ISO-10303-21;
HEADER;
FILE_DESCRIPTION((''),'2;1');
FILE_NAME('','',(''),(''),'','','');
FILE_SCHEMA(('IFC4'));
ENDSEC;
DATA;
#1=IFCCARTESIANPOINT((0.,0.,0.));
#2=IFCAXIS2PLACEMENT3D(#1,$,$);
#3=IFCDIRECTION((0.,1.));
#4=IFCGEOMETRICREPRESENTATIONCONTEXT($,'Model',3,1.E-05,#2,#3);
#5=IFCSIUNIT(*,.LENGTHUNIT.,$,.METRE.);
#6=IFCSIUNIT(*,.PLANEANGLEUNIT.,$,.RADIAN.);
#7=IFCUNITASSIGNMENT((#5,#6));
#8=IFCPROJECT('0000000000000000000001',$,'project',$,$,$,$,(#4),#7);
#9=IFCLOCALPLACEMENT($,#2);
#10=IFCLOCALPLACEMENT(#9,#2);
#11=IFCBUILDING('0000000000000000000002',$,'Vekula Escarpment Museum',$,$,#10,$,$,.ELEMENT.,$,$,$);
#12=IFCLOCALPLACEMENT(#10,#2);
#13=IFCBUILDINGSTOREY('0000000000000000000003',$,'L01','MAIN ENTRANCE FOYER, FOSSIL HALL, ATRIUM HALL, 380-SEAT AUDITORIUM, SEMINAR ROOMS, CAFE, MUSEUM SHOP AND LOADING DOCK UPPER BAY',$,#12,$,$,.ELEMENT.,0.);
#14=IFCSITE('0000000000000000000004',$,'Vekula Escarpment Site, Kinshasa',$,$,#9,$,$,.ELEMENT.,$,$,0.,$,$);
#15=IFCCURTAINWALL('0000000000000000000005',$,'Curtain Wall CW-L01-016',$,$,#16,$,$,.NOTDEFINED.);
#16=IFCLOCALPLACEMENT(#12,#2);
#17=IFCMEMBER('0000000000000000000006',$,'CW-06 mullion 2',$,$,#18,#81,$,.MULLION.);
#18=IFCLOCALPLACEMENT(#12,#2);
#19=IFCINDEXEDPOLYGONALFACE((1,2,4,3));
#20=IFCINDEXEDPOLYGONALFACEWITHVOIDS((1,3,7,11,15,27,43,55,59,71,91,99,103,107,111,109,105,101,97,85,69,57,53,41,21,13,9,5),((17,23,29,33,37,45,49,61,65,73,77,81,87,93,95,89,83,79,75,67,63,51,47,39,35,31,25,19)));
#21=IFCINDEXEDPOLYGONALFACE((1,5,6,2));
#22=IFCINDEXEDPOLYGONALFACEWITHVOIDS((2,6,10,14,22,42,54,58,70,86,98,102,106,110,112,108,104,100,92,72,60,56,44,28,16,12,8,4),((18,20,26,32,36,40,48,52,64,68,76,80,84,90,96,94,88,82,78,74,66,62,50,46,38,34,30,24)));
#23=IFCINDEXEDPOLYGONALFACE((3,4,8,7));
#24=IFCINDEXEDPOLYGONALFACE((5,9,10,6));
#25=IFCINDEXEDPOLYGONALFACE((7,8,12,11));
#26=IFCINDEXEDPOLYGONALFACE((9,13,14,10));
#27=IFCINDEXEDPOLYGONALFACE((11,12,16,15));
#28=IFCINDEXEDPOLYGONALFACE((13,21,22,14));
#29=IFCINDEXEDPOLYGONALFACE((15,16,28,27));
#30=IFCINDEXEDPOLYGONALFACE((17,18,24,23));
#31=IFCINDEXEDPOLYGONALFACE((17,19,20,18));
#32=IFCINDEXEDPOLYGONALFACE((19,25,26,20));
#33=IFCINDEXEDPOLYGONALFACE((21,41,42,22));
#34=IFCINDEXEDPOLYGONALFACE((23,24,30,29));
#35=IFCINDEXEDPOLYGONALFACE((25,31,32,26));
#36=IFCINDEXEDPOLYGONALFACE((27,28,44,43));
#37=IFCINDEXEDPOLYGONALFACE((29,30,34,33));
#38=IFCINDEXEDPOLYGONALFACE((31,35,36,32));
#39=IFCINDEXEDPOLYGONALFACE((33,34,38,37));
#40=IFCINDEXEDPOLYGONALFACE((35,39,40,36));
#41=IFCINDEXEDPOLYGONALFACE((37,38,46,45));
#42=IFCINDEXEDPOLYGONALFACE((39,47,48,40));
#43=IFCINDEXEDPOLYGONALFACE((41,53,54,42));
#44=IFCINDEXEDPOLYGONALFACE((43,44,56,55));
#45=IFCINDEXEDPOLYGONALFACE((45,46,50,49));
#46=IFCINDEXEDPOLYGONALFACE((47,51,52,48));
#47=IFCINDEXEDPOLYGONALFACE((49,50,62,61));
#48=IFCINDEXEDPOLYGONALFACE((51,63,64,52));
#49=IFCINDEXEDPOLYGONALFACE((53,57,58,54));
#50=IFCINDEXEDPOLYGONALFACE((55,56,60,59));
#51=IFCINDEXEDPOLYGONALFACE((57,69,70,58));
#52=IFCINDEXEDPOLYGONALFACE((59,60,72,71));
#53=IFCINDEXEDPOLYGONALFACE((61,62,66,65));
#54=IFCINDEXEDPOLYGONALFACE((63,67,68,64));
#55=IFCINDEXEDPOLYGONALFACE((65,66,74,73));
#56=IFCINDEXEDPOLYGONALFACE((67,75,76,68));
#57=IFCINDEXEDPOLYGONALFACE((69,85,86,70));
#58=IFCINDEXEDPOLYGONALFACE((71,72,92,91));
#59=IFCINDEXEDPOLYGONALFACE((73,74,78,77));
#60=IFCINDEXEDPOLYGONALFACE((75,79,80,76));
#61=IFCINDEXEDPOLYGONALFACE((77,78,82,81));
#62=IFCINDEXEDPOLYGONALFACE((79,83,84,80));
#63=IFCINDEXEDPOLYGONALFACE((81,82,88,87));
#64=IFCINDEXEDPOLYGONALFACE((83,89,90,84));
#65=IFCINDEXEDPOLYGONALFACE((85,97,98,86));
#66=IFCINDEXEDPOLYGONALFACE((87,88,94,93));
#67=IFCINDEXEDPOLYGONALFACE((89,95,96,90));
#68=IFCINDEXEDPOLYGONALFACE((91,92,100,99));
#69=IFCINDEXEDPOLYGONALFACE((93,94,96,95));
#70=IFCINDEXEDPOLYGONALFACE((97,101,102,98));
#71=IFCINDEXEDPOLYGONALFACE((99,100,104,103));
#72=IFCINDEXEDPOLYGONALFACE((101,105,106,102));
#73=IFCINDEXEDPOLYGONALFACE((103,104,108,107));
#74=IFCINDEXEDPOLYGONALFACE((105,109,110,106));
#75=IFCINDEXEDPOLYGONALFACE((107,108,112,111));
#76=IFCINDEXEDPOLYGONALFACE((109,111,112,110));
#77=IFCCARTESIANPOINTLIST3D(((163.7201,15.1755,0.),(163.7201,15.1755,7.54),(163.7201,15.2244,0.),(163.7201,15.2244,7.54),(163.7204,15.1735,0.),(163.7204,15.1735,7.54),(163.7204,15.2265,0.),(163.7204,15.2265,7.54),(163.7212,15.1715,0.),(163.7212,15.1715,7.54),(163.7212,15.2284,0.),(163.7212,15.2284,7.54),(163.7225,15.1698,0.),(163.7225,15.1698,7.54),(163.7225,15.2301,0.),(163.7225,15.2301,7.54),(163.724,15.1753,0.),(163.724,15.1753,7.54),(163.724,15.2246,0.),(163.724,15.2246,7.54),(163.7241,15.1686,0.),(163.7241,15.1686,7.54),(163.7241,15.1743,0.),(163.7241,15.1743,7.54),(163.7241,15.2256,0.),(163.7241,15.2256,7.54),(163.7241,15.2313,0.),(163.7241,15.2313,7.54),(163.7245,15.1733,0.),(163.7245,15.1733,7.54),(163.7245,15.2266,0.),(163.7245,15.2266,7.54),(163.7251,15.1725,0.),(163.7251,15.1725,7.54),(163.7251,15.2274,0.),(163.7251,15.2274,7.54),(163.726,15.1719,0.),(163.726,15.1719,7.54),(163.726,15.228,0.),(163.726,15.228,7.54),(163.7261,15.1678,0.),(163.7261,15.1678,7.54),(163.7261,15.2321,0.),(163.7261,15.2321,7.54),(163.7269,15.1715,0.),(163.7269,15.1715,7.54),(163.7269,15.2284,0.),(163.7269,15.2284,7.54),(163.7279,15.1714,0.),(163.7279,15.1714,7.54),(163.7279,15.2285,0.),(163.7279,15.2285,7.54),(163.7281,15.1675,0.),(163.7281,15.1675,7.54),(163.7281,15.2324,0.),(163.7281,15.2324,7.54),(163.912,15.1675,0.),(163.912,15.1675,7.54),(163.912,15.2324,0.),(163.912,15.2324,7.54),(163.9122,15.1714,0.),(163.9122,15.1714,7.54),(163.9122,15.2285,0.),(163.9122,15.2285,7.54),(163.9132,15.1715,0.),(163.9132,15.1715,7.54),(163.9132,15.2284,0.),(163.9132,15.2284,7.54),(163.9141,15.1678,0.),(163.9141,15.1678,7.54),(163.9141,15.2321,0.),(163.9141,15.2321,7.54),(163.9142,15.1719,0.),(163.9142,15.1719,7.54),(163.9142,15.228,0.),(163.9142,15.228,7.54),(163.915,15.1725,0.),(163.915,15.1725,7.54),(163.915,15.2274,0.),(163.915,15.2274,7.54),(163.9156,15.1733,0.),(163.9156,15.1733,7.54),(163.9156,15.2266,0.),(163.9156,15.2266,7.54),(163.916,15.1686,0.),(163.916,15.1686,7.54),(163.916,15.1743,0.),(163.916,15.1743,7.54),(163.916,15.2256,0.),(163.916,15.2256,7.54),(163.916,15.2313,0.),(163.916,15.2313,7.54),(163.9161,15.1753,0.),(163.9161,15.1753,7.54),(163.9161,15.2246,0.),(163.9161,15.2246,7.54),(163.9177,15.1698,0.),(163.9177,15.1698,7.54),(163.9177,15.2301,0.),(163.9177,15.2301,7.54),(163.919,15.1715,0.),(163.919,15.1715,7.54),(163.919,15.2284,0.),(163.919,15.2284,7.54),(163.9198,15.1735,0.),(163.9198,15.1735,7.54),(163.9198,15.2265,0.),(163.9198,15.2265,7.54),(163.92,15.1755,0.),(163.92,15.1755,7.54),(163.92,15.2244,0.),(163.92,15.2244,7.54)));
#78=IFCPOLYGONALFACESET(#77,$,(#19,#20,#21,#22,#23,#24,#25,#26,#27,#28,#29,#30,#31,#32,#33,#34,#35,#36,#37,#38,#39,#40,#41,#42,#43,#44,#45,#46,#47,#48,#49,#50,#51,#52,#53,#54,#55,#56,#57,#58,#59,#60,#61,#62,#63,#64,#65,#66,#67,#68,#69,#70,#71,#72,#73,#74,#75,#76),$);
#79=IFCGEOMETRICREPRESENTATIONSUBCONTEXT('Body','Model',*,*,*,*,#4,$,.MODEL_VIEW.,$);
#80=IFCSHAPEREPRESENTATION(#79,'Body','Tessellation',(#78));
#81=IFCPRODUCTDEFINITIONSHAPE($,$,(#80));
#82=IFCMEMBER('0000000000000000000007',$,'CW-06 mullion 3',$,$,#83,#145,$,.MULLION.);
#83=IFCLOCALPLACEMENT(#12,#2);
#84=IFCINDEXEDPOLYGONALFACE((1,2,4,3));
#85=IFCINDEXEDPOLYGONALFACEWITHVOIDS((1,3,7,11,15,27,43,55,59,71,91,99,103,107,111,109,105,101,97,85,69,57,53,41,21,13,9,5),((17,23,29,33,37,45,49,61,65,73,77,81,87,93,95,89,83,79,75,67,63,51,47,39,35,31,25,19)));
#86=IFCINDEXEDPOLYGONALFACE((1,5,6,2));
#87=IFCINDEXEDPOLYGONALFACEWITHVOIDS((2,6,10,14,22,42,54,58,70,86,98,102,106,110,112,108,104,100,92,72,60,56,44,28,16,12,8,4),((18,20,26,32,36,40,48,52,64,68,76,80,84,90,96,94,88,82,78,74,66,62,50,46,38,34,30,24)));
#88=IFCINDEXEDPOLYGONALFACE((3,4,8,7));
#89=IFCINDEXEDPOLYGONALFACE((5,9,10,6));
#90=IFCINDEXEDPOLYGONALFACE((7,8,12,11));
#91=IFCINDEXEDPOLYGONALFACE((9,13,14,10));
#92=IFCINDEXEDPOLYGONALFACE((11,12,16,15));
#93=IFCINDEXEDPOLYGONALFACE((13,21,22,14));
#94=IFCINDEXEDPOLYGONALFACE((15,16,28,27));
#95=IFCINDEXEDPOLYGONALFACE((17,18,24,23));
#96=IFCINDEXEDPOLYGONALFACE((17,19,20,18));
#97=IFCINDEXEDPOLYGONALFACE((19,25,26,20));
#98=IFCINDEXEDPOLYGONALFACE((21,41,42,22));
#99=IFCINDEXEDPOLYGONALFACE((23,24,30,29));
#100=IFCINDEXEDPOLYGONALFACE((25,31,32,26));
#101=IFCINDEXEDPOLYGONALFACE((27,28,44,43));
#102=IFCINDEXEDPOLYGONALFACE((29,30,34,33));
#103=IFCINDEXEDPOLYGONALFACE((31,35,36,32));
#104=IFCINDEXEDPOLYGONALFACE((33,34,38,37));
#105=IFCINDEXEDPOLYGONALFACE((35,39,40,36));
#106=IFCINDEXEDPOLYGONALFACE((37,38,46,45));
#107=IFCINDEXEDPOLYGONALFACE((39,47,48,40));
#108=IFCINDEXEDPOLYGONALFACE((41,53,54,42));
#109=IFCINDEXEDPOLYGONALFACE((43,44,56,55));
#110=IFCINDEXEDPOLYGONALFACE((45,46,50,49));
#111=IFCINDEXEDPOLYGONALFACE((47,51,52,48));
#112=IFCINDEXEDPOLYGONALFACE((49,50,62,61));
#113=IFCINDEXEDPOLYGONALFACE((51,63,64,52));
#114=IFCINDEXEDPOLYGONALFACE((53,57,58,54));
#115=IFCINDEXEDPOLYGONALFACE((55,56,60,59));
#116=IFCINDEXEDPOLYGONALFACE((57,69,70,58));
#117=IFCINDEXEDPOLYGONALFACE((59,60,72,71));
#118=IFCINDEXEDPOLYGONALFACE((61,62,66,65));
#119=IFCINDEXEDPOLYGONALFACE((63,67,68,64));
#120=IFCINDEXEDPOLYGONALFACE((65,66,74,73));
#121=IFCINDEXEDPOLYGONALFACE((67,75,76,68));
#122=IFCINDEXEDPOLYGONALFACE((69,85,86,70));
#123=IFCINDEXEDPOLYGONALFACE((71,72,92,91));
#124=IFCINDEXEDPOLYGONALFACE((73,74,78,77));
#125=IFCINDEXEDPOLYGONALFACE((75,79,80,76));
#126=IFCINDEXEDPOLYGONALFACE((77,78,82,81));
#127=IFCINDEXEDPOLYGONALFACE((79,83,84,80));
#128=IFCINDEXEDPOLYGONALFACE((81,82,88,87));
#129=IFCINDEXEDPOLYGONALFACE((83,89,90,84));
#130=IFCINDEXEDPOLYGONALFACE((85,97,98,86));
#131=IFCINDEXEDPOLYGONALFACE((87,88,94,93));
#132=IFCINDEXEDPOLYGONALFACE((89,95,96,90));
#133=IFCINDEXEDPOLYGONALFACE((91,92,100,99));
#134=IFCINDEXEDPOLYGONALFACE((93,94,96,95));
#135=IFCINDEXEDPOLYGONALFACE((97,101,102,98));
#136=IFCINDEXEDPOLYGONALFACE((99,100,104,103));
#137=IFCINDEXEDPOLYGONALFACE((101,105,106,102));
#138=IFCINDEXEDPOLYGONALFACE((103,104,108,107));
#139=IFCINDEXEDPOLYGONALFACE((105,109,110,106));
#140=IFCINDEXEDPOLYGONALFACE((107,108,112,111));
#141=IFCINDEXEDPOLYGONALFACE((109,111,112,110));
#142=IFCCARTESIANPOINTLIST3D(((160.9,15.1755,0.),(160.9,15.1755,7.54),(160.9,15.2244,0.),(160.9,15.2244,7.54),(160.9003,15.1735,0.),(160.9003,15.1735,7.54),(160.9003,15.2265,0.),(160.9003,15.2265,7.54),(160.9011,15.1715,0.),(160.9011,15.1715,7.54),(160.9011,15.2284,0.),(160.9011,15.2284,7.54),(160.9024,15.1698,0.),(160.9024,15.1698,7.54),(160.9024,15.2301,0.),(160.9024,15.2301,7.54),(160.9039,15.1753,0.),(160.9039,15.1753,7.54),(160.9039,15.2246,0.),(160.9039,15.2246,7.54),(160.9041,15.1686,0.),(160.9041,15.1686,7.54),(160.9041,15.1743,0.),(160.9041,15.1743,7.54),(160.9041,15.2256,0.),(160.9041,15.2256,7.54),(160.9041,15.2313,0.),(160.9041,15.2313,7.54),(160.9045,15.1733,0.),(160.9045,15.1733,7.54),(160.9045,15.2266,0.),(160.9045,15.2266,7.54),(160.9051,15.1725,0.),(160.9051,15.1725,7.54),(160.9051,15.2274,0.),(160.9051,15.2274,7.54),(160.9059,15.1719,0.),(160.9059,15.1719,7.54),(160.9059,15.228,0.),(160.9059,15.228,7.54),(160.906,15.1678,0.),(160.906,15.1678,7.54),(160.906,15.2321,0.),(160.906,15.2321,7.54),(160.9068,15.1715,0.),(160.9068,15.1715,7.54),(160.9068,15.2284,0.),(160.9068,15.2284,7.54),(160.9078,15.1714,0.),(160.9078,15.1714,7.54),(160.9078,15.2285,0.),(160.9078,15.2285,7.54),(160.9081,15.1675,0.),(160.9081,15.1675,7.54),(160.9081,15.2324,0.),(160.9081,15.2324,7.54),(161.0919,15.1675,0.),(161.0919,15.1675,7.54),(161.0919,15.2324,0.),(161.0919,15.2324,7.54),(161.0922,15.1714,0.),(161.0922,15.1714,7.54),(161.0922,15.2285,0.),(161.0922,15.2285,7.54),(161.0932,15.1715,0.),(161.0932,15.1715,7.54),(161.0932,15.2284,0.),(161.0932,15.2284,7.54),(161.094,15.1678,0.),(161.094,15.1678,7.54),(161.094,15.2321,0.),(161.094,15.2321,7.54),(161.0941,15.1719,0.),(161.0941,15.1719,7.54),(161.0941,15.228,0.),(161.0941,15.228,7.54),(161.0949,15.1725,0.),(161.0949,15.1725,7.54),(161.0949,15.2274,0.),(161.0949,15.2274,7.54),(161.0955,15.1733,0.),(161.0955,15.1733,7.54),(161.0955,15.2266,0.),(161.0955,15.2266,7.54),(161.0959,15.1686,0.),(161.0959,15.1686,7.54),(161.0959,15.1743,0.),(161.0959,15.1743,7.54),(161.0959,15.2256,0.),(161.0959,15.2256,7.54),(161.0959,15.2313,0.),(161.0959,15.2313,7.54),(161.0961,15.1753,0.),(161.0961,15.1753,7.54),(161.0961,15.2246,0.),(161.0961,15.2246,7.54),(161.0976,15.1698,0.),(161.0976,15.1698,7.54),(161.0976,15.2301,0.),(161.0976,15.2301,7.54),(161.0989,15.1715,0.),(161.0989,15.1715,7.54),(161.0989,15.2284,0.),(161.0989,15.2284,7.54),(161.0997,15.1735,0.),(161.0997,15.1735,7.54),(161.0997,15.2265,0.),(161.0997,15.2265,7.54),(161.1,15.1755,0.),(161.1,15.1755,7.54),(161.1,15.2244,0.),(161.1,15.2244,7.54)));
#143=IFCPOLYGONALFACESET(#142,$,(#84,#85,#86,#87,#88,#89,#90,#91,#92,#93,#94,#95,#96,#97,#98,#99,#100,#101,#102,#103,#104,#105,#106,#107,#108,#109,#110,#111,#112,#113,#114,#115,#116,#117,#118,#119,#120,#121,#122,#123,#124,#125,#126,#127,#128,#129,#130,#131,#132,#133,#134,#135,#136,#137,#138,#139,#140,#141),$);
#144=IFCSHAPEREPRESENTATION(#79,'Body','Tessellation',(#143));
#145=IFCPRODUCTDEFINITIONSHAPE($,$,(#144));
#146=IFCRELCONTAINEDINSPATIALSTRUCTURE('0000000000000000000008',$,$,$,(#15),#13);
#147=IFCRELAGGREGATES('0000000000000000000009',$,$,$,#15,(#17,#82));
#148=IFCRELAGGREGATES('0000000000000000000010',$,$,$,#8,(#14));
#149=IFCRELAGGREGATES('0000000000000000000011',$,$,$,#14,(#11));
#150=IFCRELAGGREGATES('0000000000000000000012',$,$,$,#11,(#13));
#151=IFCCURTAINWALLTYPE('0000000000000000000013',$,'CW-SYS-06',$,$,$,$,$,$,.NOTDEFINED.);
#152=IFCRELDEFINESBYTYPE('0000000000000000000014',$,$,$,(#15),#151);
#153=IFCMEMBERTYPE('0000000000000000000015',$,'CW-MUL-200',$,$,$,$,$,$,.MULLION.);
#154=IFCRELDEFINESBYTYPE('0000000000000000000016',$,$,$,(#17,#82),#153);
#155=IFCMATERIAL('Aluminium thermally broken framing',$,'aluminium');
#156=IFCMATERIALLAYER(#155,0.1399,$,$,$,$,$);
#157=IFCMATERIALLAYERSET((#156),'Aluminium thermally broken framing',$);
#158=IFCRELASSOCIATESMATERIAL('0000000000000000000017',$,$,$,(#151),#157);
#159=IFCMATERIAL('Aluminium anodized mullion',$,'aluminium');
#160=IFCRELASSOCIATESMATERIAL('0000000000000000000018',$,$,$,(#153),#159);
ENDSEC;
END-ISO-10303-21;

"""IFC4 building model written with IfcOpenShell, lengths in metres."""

from ifc_helpers import new_model, si_unit, direction, frame, origin, origin_2d, place, context, subcontext, project, spatial, hollow_rectangle, extrude, material, layer, layer_set, material_profile, profile_set, type_object, element, aggregate, save


model = new_model("IFC4")

# Units and contexts
model_context = context("Model", 3, precision=1e-05, world=origin(), true_north=direction((0.0, 1.0)))
body_context = subcontext(model_context, "Body", "Model", "MODEL_VIEW")
ifc_project = project(units=[si_unit("LENGTHUNIT", "METRE"), si_unit("PLANEANGLEUNIT", "RADIAN")], contexts=[model_context])

# Site, building, storey
site_placement = place(None, origin())
site = spatial("IfcSite", under=ifc_project, at=site_placement, Name="Vekula Escarpment Site, Kinshasa", CompositionType="ELEMENT", RefElevation=0.0)
building_placement = place(site_placement, origin())
building = spatial("IfcBuilding", under=site, at=building_placement, Name="Vekula Escarpment Museum", CompositionType="ELEMENT")
storey_placement = place(building_placement, origin())
storey = spatial("IfcBuildingStorey", under=building, at=storey_placement, Name="L01", Description="MAIN ENTRANCE FOYER, FOSSIL HALL, ATRIUM HALL, 380-SEAT AUDITORIUM, SEMINAR ROOMS, CAFE, MUSEUM SHOP AND LOADING DOCK UPPER BAY", CompositionType="ELEMENT", Elevation=0.0)

# Curtain wall, members
ifc_material_1 = material(Name="Aluminium thermally broken framing", Category="aluminium")
ifc_layer_1 = layer(ifc_material_1, 0.1399)
ifc_layer_set_1 = layer_set([ifc_layer_1], Name="Aluminium thermally broken framing")
curtain_wall_type = type_object("IfcCurtainWallType", Name="CW-SYS-06", PredefinedType="NOTDEFINED", material=ifc_layer_set_1)
curtain_wall_placement = place(storey_placement, origin())
curtain_wall = element("IfcCurtainWall", 1, at=curtain_wall_placement, inside=storey, type_object=curtain_wall_type, Name="Curtain Wall CW-L01-016", PredefinedType="NOTDEFINED")
ifc_material_2 = material(Name="Aluminium anodized mullion", Category="aluminium")
ifc_material_profile_1 = material_profile(ifc_material_2, hollow_rectangle(XDim=0.0649, YDim=0.2, WallThickness=0.0039, InnerFilletRadius=0.0039, OuterFilletRadius=0.0081, at=origin_2d()), Name="ALU 200x65x4")
ifc_profile_set_1 = profile_set([ifc_material_profile_1], Name="Aluminium anodized mullion")
member_type_1 = type_object("IfcMemberType", Name="CW-MUL-200", PredefinedType="MULLION", material=ifc_profile_set_1)
member_1_placement = place(storey_placement, frame((163.8201, 15.2, 0.0), z_axis=(0.0, 0.0, 1.0), x_axis=(0.0, -1.0, 0.0)))
member_1 = element("IfcMember", 2, at=member_1_placement, type_object=member_type_1, Name="CW-06 mullion 2", PredefinedType="MULLION", context=body_context, shape_type="SweptSolid", body=[
    extrude(hollow_rectangle(XDim=0.0649, YDim=0.2, WallThickness=0.0039, InnerFilletRadius=0.0039, OuterFilletRadius=0.0081, at=origin_2d()), origin(), (0.0, 0.0, 1.0), 7.54),
])
member_2_placement = place(storey_placement, frame((161.0, 15.2, 0.0), z_axis=(0.0, 0.0, 1.0), x_axis=(0.0, -1.0, 0.0)))
member_2 = element("IfcMember", 3, at=member_2_placement, type_object=member_type_1, Name="CW-06 mullion 3", PredefinedType="MULLION", context=body_context, shape_type="SweptSolid", body=[
    extrude(hollow_rectangle(XDim=0.0649, YDim=0.2, WallThickness=0.0039, InnerFilletRadius=0.0039, OuterFilletRadius=0.0081, at=origin_2d()), origin(), (0.0, 0.0, 1.0), 7.54),
])
aggregate(curtain_wall, [member_1, member_2])

save(model, "model.ifc")
